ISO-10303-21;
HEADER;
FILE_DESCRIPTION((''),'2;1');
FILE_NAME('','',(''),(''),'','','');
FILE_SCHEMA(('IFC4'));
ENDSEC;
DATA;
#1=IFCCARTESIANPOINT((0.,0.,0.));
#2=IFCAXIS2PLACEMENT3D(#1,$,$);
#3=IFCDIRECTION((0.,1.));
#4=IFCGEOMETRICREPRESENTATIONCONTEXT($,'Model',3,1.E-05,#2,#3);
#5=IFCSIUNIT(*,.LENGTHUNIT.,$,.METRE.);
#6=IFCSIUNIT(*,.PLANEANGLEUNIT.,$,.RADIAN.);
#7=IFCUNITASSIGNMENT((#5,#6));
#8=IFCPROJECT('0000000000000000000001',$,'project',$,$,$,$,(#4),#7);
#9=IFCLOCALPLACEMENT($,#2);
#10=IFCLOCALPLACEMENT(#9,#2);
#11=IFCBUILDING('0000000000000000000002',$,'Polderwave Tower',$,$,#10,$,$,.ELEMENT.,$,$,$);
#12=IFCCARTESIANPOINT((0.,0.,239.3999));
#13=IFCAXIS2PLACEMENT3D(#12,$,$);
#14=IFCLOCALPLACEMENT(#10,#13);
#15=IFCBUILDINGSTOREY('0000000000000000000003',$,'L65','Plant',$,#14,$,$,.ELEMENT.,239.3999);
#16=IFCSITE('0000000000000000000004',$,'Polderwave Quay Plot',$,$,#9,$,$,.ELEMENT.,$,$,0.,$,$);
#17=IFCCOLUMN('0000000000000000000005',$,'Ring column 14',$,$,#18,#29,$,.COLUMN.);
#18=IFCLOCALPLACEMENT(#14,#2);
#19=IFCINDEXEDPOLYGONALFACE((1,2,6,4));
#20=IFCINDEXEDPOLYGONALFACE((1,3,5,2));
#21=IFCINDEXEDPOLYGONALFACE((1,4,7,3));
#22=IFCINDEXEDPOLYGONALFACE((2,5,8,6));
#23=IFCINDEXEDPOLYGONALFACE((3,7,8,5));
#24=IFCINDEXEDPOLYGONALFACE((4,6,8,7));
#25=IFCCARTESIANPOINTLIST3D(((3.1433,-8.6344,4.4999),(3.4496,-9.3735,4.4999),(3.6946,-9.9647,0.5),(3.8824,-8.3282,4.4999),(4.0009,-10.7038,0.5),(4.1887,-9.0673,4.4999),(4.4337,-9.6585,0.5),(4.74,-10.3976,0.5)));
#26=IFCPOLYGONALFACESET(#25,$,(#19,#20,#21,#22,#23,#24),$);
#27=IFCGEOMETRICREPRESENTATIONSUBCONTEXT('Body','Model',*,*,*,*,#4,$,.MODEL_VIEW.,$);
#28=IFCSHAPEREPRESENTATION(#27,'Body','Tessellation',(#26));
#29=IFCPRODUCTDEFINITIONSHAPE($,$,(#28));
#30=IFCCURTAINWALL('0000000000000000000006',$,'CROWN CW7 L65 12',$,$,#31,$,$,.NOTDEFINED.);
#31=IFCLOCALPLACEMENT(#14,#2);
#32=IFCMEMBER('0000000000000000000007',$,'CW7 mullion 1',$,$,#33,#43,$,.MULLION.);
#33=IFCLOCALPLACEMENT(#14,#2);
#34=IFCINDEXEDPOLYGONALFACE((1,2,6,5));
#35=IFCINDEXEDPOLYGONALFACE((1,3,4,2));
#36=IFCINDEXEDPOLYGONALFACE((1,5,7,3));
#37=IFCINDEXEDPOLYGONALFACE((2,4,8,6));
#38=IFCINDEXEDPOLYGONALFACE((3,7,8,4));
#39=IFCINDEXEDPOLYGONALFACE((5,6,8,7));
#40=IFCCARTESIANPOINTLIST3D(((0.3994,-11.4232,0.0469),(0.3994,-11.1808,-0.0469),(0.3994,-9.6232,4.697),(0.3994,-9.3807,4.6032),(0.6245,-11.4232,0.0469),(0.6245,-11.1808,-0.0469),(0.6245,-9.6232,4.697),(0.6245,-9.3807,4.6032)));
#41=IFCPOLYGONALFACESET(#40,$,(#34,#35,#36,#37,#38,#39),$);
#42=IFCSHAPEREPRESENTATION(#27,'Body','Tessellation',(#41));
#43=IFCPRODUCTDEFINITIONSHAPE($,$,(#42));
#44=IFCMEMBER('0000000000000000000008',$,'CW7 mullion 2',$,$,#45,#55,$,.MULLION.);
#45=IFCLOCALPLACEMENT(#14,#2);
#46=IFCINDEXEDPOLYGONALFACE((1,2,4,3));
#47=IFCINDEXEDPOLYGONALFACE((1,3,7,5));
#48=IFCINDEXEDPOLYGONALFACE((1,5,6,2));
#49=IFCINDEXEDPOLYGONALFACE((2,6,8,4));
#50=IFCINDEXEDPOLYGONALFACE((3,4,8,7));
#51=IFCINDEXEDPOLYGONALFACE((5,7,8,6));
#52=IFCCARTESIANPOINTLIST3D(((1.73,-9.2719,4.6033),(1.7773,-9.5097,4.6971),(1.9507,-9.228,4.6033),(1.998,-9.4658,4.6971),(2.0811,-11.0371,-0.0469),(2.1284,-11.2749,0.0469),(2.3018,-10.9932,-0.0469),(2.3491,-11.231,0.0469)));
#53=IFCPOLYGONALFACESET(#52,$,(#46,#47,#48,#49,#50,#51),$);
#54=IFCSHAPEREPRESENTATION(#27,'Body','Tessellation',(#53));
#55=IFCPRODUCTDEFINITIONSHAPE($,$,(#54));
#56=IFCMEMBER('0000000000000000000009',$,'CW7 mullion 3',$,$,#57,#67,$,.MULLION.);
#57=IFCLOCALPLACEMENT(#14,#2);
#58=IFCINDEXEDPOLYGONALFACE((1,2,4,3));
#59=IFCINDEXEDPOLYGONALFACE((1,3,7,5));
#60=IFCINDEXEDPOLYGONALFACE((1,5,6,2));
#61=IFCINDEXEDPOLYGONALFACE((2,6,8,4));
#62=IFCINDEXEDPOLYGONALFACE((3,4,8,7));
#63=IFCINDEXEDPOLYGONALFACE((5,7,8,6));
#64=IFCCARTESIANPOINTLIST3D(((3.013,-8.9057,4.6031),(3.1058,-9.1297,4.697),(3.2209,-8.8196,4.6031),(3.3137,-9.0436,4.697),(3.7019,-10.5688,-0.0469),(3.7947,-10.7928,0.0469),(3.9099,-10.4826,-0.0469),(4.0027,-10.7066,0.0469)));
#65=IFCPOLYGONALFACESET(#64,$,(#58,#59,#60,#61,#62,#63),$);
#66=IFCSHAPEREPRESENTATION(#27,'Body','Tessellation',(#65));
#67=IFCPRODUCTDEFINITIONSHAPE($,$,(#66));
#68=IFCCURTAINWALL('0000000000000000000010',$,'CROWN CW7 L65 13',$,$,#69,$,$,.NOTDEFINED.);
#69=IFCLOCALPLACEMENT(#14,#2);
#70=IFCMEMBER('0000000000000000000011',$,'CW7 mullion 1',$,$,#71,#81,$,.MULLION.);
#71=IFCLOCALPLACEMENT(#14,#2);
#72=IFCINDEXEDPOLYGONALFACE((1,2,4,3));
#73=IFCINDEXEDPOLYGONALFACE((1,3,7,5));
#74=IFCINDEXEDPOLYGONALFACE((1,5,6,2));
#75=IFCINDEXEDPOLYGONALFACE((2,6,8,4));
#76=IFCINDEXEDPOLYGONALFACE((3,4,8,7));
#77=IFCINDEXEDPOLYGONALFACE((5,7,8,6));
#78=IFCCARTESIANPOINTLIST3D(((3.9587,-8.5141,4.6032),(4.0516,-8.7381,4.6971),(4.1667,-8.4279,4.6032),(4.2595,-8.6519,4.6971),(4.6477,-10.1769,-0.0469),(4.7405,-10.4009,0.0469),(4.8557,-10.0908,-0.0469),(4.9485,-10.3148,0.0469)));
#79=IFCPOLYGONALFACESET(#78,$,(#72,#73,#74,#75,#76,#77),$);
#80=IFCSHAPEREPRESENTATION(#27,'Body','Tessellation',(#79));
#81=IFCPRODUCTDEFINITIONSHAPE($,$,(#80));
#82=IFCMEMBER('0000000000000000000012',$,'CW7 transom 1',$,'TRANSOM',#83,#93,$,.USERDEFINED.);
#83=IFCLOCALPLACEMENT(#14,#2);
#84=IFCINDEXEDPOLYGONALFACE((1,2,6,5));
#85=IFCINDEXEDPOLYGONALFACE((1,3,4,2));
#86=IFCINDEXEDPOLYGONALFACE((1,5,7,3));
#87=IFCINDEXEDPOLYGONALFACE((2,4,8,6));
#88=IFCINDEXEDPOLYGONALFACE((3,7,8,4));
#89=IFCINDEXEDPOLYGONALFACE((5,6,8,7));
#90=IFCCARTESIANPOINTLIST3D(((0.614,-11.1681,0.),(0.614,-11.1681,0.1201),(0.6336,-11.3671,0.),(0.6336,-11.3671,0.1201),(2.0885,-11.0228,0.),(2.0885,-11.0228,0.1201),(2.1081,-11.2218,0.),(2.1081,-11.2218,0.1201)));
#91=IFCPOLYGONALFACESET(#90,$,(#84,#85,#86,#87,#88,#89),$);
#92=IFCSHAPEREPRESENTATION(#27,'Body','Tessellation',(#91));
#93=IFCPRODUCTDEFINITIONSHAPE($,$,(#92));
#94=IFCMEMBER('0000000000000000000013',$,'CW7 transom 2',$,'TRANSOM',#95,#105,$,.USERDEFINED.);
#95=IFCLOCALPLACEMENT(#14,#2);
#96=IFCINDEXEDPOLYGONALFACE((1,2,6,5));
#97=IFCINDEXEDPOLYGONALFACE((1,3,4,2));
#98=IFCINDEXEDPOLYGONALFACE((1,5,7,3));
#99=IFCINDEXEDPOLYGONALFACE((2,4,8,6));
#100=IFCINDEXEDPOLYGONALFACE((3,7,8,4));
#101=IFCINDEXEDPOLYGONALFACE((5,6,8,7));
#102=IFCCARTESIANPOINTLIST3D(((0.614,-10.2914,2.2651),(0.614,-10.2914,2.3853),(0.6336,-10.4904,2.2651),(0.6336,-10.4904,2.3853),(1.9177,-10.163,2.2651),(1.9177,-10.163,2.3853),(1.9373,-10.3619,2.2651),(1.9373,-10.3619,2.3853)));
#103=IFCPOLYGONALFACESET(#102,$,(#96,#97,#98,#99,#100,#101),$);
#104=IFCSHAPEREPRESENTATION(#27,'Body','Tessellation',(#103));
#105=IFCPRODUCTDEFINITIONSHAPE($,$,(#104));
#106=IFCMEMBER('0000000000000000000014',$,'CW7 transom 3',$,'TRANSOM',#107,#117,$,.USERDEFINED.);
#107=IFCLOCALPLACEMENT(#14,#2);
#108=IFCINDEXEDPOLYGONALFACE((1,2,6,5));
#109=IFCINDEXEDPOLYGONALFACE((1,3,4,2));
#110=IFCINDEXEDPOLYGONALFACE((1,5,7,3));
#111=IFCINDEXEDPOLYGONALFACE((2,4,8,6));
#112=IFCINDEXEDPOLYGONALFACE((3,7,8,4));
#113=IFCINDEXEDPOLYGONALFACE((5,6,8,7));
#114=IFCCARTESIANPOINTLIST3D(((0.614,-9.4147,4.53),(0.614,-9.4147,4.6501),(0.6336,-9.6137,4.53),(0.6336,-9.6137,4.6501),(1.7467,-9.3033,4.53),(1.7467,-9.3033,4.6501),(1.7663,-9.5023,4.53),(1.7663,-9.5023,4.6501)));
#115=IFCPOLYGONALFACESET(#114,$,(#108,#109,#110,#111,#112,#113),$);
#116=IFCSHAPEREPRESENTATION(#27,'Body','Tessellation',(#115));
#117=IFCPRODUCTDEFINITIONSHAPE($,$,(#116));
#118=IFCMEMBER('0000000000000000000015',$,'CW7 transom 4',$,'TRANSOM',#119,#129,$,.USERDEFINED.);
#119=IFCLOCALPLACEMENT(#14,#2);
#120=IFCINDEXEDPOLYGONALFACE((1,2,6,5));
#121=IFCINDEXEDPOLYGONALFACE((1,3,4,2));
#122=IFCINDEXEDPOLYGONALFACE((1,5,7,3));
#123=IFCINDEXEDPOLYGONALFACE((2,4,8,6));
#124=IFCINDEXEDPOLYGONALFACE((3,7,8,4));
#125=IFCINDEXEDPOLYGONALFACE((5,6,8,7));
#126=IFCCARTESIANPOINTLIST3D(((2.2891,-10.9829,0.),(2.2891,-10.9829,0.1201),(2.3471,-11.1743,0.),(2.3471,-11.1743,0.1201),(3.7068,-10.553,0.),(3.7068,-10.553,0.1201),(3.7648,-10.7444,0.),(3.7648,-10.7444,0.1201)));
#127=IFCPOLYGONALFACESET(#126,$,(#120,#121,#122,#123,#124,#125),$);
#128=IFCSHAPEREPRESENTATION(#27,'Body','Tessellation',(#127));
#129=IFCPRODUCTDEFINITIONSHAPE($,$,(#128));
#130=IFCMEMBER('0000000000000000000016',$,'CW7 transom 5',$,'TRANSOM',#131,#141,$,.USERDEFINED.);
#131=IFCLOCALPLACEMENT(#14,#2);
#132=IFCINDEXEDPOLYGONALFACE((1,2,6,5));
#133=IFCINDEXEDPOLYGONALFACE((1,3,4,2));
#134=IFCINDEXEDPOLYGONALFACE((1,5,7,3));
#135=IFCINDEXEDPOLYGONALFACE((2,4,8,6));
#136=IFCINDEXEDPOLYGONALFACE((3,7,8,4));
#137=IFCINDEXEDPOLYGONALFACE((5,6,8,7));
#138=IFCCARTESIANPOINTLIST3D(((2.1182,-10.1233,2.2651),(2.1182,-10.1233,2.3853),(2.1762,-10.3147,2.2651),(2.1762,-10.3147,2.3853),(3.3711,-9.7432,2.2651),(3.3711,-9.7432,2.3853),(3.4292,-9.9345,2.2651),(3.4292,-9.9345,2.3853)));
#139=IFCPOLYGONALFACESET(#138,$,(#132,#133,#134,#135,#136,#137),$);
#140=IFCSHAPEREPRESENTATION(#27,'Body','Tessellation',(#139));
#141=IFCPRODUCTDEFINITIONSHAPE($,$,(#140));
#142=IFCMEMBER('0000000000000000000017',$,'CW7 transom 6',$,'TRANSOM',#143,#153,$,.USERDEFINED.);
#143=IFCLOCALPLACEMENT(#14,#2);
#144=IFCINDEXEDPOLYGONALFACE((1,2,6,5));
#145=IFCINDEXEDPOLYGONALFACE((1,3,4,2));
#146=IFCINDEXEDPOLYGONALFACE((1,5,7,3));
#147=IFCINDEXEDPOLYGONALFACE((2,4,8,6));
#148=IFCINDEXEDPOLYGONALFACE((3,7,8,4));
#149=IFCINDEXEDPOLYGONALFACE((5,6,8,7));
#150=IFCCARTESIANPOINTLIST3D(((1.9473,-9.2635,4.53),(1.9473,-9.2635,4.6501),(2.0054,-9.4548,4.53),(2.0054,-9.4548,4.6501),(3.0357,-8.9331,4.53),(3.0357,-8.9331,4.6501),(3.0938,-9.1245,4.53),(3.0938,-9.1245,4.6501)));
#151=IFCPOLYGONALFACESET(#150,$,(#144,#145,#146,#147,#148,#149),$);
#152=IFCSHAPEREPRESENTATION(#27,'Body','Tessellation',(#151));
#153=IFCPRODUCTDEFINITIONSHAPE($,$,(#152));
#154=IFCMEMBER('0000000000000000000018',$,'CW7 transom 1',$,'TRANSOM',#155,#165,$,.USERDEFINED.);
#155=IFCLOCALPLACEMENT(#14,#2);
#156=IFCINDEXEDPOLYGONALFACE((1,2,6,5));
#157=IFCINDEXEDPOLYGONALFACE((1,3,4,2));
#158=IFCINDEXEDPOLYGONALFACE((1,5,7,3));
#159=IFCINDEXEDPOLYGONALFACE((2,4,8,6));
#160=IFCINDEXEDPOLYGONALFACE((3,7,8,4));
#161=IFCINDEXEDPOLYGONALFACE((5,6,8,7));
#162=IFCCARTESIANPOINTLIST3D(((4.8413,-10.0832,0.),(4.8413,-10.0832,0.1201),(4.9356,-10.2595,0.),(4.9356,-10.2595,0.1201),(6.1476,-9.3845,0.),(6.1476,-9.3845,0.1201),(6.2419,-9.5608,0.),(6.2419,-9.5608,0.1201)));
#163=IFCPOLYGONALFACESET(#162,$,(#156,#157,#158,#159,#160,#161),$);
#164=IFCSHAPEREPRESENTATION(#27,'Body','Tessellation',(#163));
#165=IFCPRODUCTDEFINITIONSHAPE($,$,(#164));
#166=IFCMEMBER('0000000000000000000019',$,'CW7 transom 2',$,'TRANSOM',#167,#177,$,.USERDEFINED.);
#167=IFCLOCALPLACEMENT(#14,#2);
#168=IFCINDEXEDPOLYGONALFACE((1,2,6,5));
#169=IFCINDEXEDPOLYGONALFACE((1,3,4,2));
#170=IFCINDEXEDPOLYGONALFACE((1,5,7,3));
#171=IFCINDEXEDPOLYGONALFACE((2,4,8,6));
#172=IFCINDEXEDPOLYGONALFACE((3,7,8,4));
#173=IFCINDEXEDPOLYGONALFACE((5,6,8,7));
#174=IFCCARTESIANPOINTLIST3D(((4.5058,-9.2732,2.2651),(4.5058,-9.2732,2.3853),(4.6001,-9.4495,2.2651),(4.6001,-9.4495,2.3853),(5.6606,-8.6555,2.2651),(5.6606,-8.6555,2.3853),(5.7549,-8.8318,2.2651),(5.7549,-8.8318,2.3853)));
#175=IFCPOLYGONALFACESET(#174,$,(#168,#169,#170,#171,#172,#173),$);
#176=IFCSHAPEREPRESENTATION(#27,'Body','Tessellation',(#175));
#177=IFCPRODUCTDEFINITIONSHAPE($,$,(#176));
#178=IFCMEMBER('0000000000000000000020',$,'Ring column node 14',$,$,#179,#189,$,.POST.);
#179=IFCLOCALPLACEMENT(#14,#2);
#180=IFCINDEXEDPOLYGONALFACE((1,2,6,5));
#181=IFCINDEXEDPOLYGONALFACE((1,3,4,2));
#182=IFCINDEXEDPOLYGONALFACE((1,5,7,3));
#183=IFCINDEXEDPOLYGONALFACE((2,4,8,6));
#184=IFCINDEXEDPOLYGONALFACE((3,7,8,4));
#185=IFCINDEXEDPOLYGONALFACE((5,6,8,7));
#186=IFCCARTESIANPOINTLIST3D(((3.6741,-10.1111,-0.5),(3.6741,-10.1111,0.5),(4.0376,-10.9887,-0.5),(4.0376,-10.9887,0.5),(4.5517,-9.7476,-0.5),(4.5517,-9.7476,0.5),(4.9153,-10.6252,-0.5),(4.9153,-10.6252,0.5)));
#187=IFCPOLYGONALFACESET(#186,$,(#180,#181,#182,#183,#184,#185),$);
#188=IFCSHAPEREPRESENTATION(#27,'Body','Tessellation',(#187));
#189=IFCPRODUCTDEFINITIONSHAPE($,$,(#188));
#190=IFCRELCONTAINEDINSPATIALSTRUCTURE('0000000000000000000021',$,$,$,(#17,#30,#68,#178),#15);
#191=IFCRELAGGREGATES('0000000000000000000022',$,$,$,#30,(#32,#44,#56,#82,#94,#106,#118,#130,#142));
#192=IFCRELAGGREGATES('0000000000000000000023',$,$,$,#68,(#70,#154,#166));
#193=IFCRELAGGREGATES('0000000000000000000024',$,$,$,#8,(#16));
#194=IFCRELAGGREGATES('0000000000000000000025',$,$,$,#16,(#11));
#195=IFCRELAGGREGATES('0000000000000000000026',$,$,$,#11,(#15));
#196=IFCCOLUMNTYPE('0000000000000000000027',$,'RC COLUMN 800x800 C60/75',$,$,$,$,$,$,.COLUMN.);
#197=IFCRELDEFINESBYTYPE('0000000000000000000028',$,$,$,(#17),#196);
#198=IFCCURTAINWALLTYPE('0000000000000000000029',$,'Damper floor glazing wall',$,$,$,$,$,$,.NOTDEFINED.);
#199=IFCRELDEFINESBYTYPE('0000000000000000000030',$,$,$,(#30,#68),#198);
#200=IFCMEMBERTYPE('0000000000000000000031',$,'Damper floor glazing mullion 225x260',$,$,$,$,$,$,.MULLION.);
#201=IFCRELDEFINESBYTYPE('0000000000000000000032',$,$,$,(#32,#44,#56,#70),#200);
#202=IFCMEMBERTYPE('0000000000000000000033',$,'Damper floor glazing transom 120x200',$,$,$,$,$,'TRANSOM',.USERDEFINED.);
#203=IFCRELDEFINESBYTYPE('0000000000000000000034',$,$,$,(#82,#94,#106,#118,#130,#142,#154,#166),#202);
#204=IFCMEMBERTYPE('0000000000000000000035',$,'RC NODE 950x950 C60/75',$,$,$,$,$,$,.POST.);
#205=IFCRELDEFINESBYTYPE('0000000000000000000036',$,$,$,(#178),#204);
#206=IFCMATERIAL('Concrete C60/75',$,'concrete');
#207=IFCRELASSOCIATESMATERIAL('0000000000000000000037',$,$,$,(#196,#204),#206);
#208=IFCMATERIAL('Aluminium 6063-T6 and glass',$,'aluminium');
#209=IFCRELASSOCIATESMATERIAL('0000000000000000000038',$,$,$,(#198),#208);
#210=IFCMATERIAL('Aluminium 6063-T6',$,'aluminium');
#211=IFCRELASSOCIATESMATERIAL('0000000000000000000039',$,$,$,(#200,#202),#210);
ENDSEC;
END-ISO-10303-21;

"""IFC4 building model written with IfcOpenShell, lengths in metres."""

from ifc_helpers import new_model, si_unit, direction, frame, origin, origin_2d, place, context, subcontext, project, spatial, rectangle, extrude, material, material_profile, profile_set, type_object, element, aggregate, save


model = new_model("IFC4")

# Units and contexts
model_context = context("Model", 3, precision=1e-05, world=origin(), true_north=direction((0.0, 1.0)))
body_context = subcontext(model_context, "Body", "Model", "MODEL_VIEW")
ifc_project = project(units=[si_unit("LENGTHUNIT", "METRE"), si_unit("PLANEANGLEUNIT", "RADIAN")], contexts=[model_context])

# Site, building, storey
site_placement = place(None, origin())
site = spatial("IfcSite", under=ifc_project, at=site_placement, Name="Polderwave Quay Plot", CompositionType="ELEMENT", RefElevation=0.0)
building_placement = place(site_placement, origin())
building = spatial("IfcBuilding", under=site, at=building_placement, Name="Polderwave Tower", CompositionType="ELEMENT")
storey_placement = place(building_placement, frame((0.0, 0.0, 239.3999)))
storey = spatial("IfcBuildingStorey", under=building, at=storey_placement, Name="L65", Description="Plant", CompositionType="ELEMENT", Elevation=239.3999)

# Column
ifc_material_1 = material(Name="Concrete C60/75", Category="concrete")
ifc_material_profile_1 = material_profile(ifc_material_1, rectangle(XDim=0.8, YDim=0.8, at=origin_2d()), Name="RC 800x800")
ifc_profile_set_1 = profile_set([ifc_material_profile_1], Name="Concrete C60/75")
column_type = type_object("IfcColumnType", Name="RC COLUMN 800x800 C60/75", PredefinedType="COLUMN", material=ifc_profile_set_1)
column_placement = place(storey_placement, frame((4.2173, -10.1812, 0.5), z_axis=(0.0, 0.0, 1.0), x_axis=(-0.923823, -0.382821, 0.0)))
element("IfcColumn", 1, at=column_placement, inside=storey, type_object=column_type, Name="Ring column 14", PredefinedType="COLUMN", context=body_context, shape_type="SweptSolid", body=[
    extrude(rectangle(XDim=0.8, YDim=0.8, at=origin_2d()), origin(), (0.0, -0.338723, 0.940886), 4.2512),
])

# Curtain wall, members
ifc_material_2 = material(Name="Aluminium 6063-T6 and glass", Category="aluminium")
curtain_wall_type = type_object("IfcCurtainWallType", Name="Damper floor glazing wall", PredefinedType="NOTDEFINED", material=ifc_material_2)
curtain_wall_1_placement = place(storey_placement, origin())
curtain_wall_1 = element("IfcCurtainWall", 2, at=curtain_wall_1_placement, inside=storey, type_object=curtain_wall_type, Name="CROWN CW7 L65 12", PredefinedType="NOTDEFINED")
ifc_material_3 = material(Name="Aluminium 6063-T6", Category="aluminium")
ifc_material_profile_2 = material_profile(ifc_material_3, rectangle(XDim=0.2251, YDim=0.26, at=origin_2d()), Name="AL 225x260")
ifc_profile_set_2 = profile_set([ifc_material_profile_2], Name="Aluminium 6063-T6")
member_type_1 = type_object("IfcMemberType", Name="Damper floor glazing mullion 225x260", PredefinedType="MULLION", material=ifc_profile_set_2)
member_1_placement = place(storey_placement, frame((0.512, -11.302, 0.0), z_axis=(0.0, 0.360993, 0.932569), x_axis=(-1.0, 0.0, 0.0)))
member_1 = element("IfcMember", 3, at=member_1_placement, type_object=member_type_1, Name="CW7 mullion 1", PredefinedType="MULLION", context=body_context, shape_type="SweptSolid", body=[
    extrude(rectangle(XDim=0.2251, YDim=0.26, at=origin_2d()), origin(), (0.0, 0.0, 1.0), 4.9863),
])
member_2_placement = place(storey_placement, frame((2.2151, -11.134, 0.0), z_axis=(-0.070408, 0.354, 0.932591), x_axis=(-0.980789, -0.195073, 0.0)))
member_2 = element("IfcMember", 4, at=member_2_placement, type_object=member_type_1, Name="CW7 mullion 2", PredefinedType="MULLION", context=body_context, shape_type="SweptSolid", body=[
    extrude(rectangle(XDim=0.2251, YDim=0.26, at=origin_2d()), origin(), (0.0, 0.0, 1.0), 4.9863),
])
member_3_placement = place(storey_placement, frame((3.8523, -10.6377, 0.0), z_axis=(-0.138168, 0.333523, 0.932562), x_axis=(-0.923861, -0.382727, 0.0)))
member_3 = element("IfcMember", 5, at=member_3_placement, type_object=member_type_1, Name="CW7 mullion 3", PredefinedType="MULLION", context=body_context, shape_type="SweptSolid", body=[
    extrude(rectangle(XDim=0.2251, YDim=0.26, at=origin_2d()), origin(), (0.0, 0.0, 1.0), 4.9863),
])

# Curtain wall, member
curtain_wall_2_placement = place(storey_placement, origin())
curtain_wall_2 = element("IfcCurtainWall", 6, at=curtain_wall_2_placement, inside=storey, type_object=curtain_wall_type, Name="CROWN CW7 L65 13", PredefinedType="NOTDEFINED")
member_4_placement = place(storey_placement, frame((4.7981, -10.2458, 0.0), z_axis=(-0.13817, 0.333479, 0.932577), x_axis=(-0.923842, -0.382775, 0.0)))
member_4 = element("IfcMember", 7, at=member_4_placement, type_object=member_type_1, Name="CW7 mullion 1", PredefinedType="MULLION", context=body_context, shape_type="SweptSolid", body=[
    extrude(rectangle(XDim=0.2251, YDim=0.26, at=origin_2d()), origin(), (0.0, 0.0, 1.0), 4.9863),
])

# Members
ifc_material_profile_3 = material_profile(ifc_material_3, rectangle(XDim=0.2, YDim=0.1201, at=origin_2d()), Name="AL 120x200")
ifc_profile_set_3 = profile_set([ifc_material_profile_3], Name="Aluminium 6063-T6")
member_type_2 = type_object("IfcMemberType", Name="Damper floor glazing transom 120x200", ElementType="TRANSOM", PredefinedType="USERDEFINED", material=ifc_profile_set_3)
member_5_placement = place(storey_placement, frame((0.6238, -11.2676, 0.0601), z_axis=(0.995183, 0.098035, 0.0), x_axis=(-0.098035, 0.995183, 0.0)))
member_5 = element("IfcMember", 8, at=member_5_placement, type_object=member_type_2, Name="CW7 transom 1", ObjectType="TRANSOM", PredefinedType="USERDEFINED", context=body_context, shape_type="SweptSolid", body=[
    extrude(rectangle(XDim=0.2, YDim=0.1201, at=origin_2d()), origin(), (0.0, 0.0, 1.0), 1.4817),
])
member_6_placement = place(storey_placement, frame((0.6238, -10.3909, 2.3252), z_axis=(0.995184, 0.098027, 0.0), x_axis=(-0.098027, 0.995184, 0.0)))
member_6 = element("IfcMember", 9, at=member_6_placement, type_object=member_type_2, Name="CW7 transom 2", ObjectType="TRANSOM", PredefinedType="USERDEFINED", context=body_context, shape_type="SweptSolid", body=[
    extrude(rectangle(XDim=0.2, YDim=0.1201, at=origin_2d()), origin(), (0.0, 0.0, 1.0), 1.3101),
])
member_7_placement = place(storey_placement, frame((0.6238, -9.5142, 4.5901), z_axis=(0.995206, 0.097805, 0.0), x_axis=(-0.097805, 0.995206, 0.0)))
member_7 = element("IfcMember", 10, at=member_7_placement, type_object=member_type_2, Name="CW7 transom 3", ObjectType="TRANSOM", PredefinedType="USERDEFINED", context=body_context, shape_type="SweptSolid", body=[
    extrude(rectangle(XDim=0.2, YDim=0.1201, at=origin_2d()), origin(), (0.0, 0.0, 1.0), 1.1382),
])
member_8_placement = place(storey_placement, frame((2.3181, -11.0786, 0.0601), z_axis=(0.956965, 0.290204, 0.0), x_axis=(-0.290204, 0.956965, 0.0)))
member_8 = element("IfcMember", 11, at=member_8_placement, type_object=member_type_2, Name="CW7 transom 4", ObjectType="TRANSOM", PredefinedType="USERDEFINED", context=body_context, shape_type="SweptSolid", body=[
    extrude(rectangle(XDim=0.2, YDim=0.1201, at=origin_2d()), origin(), (0.0, 0.0, 1.0), 1.4814),
])
member_9_placement = place(storey_placement, frame((2.1472, -10.219, 2.3252), z_axis=(0.956929, 0.290323, 0.0), x_axis=(-0.290323, 0.956929, 0.0)))
member_9 = element("IfcMember", 12, at=member_9_placement, type_object=member_type_2, Name="CW7 transom 5", ObjectType="TRANSOM", PredefinedType="USERDEFINED", context=body_context, shape_type="SweptSolid", body=[
    extrude(rectangle(XDim=0.2, YDim=0.1201, at=origin_2d()), origin(), (0.0, 0.0, 1.0), 1.3093),
])
member_10_placement = place(storey_placement, frame((1.9763, -9.3591, 4.5901), z_axis=(0.9569, 0.290418, 0.0), x_axis=(-0.290418, 0.9569, 0.0)))
member_10 = element("IfcMember", 13, at=member_10_placement, type_object=member_type_2, Name="CW7 transom 6", ObjectType="TRANSOM", PredefinedType="USERDEFINED", context=body_context, shape_type="SweptSolid", body=[
    extrude(rectangle(XDim=0.2, YDim=0.1201, at=origin_2d()), origin(), (0.0, 0.0, 1.0), 1.1375),
])
member_11_placement = place(storey_placement, frame((4.8884, -10.1714, 0.0601), z_axis=(0.881796, 0.471631, 0.0), x_axis=(-0.471631, 0.881796, 0.0)))
member_11 = element("IfcMember", 14, at=member_11_placement, type_object=member_type_2, Name="CW7 transom 1", ObjectType="TRANSOM", PredefinedType="USERDEFINED", context=body_context, shape_type="SweptSolid", body=[
    extrude(rectangle(XDim=0.2, YDim=0.1201, at=origin_2d()), origin(), (0.0, 0.0, 1.0), 1.4814),
])
member_12_placement = place(storey_placement, frame((4.553, -9.3613, 2.3252), z_axis=(0.881785, 0.471652, 0.0), x_axis=(-0.471652, 0.881785, 0.0)))
member_12 = element("IfcMember", 15, at=member_12_placement, type_object=member_type_2, Name="CW7 transom 2", ObjectType="TRANSOM", PredefinedType="USERDEFINED", context=body_context, shape_type="SweptSolid", body=[
    extrude(rectangle(XDim=0.2, YDim=0.1201, at=origin_2d()), origin(), (0.0, 0.0, 1.0), 1.3096),
])
ifc_material_profile_4 = material_profile(ifc_material_1, rectangle(XDim=0.95, YDim=0.95, at=origin_2d()), Name="RC 950x950")
ifc_profile_set_4 = profile_set([ifc_material_profile_4], Name="Concrete C60/75")
member_type_3 = type_object("IfcMemberType", Name="RC NODE 950x950 C60/75", PredefinedType="POST", material=ifc_profile_set_4)
member_13_placement = place(storey_placement, frame((4.2947, -10.3682, -0.5), z_axis=(0.0, 0.0, 1.0), x_axis=(0.382683, -0.92388, 0.0)))
element("IfcMember", 16, at=member_13_placement, inside=storey, type_object=member_type_3, Name="Ring column node 14", PredefinedType="POST", context=body_context, shape_type="SweptSolid", body=[
    extrude(rectangle(XDim=0.95, YDim=0.95, at=origin_2d()), origin(), (0.0, 0.0, 1.0), 1.0),
])

aggregate(curtain_wall_1, [member_1, member_2, member_3, member_5, member_6, member_7, member_8, member_9, member_10])
aggregate(curtain_wall_2, [member_4, member_11, member_12])

save(model, "model.ifc")
